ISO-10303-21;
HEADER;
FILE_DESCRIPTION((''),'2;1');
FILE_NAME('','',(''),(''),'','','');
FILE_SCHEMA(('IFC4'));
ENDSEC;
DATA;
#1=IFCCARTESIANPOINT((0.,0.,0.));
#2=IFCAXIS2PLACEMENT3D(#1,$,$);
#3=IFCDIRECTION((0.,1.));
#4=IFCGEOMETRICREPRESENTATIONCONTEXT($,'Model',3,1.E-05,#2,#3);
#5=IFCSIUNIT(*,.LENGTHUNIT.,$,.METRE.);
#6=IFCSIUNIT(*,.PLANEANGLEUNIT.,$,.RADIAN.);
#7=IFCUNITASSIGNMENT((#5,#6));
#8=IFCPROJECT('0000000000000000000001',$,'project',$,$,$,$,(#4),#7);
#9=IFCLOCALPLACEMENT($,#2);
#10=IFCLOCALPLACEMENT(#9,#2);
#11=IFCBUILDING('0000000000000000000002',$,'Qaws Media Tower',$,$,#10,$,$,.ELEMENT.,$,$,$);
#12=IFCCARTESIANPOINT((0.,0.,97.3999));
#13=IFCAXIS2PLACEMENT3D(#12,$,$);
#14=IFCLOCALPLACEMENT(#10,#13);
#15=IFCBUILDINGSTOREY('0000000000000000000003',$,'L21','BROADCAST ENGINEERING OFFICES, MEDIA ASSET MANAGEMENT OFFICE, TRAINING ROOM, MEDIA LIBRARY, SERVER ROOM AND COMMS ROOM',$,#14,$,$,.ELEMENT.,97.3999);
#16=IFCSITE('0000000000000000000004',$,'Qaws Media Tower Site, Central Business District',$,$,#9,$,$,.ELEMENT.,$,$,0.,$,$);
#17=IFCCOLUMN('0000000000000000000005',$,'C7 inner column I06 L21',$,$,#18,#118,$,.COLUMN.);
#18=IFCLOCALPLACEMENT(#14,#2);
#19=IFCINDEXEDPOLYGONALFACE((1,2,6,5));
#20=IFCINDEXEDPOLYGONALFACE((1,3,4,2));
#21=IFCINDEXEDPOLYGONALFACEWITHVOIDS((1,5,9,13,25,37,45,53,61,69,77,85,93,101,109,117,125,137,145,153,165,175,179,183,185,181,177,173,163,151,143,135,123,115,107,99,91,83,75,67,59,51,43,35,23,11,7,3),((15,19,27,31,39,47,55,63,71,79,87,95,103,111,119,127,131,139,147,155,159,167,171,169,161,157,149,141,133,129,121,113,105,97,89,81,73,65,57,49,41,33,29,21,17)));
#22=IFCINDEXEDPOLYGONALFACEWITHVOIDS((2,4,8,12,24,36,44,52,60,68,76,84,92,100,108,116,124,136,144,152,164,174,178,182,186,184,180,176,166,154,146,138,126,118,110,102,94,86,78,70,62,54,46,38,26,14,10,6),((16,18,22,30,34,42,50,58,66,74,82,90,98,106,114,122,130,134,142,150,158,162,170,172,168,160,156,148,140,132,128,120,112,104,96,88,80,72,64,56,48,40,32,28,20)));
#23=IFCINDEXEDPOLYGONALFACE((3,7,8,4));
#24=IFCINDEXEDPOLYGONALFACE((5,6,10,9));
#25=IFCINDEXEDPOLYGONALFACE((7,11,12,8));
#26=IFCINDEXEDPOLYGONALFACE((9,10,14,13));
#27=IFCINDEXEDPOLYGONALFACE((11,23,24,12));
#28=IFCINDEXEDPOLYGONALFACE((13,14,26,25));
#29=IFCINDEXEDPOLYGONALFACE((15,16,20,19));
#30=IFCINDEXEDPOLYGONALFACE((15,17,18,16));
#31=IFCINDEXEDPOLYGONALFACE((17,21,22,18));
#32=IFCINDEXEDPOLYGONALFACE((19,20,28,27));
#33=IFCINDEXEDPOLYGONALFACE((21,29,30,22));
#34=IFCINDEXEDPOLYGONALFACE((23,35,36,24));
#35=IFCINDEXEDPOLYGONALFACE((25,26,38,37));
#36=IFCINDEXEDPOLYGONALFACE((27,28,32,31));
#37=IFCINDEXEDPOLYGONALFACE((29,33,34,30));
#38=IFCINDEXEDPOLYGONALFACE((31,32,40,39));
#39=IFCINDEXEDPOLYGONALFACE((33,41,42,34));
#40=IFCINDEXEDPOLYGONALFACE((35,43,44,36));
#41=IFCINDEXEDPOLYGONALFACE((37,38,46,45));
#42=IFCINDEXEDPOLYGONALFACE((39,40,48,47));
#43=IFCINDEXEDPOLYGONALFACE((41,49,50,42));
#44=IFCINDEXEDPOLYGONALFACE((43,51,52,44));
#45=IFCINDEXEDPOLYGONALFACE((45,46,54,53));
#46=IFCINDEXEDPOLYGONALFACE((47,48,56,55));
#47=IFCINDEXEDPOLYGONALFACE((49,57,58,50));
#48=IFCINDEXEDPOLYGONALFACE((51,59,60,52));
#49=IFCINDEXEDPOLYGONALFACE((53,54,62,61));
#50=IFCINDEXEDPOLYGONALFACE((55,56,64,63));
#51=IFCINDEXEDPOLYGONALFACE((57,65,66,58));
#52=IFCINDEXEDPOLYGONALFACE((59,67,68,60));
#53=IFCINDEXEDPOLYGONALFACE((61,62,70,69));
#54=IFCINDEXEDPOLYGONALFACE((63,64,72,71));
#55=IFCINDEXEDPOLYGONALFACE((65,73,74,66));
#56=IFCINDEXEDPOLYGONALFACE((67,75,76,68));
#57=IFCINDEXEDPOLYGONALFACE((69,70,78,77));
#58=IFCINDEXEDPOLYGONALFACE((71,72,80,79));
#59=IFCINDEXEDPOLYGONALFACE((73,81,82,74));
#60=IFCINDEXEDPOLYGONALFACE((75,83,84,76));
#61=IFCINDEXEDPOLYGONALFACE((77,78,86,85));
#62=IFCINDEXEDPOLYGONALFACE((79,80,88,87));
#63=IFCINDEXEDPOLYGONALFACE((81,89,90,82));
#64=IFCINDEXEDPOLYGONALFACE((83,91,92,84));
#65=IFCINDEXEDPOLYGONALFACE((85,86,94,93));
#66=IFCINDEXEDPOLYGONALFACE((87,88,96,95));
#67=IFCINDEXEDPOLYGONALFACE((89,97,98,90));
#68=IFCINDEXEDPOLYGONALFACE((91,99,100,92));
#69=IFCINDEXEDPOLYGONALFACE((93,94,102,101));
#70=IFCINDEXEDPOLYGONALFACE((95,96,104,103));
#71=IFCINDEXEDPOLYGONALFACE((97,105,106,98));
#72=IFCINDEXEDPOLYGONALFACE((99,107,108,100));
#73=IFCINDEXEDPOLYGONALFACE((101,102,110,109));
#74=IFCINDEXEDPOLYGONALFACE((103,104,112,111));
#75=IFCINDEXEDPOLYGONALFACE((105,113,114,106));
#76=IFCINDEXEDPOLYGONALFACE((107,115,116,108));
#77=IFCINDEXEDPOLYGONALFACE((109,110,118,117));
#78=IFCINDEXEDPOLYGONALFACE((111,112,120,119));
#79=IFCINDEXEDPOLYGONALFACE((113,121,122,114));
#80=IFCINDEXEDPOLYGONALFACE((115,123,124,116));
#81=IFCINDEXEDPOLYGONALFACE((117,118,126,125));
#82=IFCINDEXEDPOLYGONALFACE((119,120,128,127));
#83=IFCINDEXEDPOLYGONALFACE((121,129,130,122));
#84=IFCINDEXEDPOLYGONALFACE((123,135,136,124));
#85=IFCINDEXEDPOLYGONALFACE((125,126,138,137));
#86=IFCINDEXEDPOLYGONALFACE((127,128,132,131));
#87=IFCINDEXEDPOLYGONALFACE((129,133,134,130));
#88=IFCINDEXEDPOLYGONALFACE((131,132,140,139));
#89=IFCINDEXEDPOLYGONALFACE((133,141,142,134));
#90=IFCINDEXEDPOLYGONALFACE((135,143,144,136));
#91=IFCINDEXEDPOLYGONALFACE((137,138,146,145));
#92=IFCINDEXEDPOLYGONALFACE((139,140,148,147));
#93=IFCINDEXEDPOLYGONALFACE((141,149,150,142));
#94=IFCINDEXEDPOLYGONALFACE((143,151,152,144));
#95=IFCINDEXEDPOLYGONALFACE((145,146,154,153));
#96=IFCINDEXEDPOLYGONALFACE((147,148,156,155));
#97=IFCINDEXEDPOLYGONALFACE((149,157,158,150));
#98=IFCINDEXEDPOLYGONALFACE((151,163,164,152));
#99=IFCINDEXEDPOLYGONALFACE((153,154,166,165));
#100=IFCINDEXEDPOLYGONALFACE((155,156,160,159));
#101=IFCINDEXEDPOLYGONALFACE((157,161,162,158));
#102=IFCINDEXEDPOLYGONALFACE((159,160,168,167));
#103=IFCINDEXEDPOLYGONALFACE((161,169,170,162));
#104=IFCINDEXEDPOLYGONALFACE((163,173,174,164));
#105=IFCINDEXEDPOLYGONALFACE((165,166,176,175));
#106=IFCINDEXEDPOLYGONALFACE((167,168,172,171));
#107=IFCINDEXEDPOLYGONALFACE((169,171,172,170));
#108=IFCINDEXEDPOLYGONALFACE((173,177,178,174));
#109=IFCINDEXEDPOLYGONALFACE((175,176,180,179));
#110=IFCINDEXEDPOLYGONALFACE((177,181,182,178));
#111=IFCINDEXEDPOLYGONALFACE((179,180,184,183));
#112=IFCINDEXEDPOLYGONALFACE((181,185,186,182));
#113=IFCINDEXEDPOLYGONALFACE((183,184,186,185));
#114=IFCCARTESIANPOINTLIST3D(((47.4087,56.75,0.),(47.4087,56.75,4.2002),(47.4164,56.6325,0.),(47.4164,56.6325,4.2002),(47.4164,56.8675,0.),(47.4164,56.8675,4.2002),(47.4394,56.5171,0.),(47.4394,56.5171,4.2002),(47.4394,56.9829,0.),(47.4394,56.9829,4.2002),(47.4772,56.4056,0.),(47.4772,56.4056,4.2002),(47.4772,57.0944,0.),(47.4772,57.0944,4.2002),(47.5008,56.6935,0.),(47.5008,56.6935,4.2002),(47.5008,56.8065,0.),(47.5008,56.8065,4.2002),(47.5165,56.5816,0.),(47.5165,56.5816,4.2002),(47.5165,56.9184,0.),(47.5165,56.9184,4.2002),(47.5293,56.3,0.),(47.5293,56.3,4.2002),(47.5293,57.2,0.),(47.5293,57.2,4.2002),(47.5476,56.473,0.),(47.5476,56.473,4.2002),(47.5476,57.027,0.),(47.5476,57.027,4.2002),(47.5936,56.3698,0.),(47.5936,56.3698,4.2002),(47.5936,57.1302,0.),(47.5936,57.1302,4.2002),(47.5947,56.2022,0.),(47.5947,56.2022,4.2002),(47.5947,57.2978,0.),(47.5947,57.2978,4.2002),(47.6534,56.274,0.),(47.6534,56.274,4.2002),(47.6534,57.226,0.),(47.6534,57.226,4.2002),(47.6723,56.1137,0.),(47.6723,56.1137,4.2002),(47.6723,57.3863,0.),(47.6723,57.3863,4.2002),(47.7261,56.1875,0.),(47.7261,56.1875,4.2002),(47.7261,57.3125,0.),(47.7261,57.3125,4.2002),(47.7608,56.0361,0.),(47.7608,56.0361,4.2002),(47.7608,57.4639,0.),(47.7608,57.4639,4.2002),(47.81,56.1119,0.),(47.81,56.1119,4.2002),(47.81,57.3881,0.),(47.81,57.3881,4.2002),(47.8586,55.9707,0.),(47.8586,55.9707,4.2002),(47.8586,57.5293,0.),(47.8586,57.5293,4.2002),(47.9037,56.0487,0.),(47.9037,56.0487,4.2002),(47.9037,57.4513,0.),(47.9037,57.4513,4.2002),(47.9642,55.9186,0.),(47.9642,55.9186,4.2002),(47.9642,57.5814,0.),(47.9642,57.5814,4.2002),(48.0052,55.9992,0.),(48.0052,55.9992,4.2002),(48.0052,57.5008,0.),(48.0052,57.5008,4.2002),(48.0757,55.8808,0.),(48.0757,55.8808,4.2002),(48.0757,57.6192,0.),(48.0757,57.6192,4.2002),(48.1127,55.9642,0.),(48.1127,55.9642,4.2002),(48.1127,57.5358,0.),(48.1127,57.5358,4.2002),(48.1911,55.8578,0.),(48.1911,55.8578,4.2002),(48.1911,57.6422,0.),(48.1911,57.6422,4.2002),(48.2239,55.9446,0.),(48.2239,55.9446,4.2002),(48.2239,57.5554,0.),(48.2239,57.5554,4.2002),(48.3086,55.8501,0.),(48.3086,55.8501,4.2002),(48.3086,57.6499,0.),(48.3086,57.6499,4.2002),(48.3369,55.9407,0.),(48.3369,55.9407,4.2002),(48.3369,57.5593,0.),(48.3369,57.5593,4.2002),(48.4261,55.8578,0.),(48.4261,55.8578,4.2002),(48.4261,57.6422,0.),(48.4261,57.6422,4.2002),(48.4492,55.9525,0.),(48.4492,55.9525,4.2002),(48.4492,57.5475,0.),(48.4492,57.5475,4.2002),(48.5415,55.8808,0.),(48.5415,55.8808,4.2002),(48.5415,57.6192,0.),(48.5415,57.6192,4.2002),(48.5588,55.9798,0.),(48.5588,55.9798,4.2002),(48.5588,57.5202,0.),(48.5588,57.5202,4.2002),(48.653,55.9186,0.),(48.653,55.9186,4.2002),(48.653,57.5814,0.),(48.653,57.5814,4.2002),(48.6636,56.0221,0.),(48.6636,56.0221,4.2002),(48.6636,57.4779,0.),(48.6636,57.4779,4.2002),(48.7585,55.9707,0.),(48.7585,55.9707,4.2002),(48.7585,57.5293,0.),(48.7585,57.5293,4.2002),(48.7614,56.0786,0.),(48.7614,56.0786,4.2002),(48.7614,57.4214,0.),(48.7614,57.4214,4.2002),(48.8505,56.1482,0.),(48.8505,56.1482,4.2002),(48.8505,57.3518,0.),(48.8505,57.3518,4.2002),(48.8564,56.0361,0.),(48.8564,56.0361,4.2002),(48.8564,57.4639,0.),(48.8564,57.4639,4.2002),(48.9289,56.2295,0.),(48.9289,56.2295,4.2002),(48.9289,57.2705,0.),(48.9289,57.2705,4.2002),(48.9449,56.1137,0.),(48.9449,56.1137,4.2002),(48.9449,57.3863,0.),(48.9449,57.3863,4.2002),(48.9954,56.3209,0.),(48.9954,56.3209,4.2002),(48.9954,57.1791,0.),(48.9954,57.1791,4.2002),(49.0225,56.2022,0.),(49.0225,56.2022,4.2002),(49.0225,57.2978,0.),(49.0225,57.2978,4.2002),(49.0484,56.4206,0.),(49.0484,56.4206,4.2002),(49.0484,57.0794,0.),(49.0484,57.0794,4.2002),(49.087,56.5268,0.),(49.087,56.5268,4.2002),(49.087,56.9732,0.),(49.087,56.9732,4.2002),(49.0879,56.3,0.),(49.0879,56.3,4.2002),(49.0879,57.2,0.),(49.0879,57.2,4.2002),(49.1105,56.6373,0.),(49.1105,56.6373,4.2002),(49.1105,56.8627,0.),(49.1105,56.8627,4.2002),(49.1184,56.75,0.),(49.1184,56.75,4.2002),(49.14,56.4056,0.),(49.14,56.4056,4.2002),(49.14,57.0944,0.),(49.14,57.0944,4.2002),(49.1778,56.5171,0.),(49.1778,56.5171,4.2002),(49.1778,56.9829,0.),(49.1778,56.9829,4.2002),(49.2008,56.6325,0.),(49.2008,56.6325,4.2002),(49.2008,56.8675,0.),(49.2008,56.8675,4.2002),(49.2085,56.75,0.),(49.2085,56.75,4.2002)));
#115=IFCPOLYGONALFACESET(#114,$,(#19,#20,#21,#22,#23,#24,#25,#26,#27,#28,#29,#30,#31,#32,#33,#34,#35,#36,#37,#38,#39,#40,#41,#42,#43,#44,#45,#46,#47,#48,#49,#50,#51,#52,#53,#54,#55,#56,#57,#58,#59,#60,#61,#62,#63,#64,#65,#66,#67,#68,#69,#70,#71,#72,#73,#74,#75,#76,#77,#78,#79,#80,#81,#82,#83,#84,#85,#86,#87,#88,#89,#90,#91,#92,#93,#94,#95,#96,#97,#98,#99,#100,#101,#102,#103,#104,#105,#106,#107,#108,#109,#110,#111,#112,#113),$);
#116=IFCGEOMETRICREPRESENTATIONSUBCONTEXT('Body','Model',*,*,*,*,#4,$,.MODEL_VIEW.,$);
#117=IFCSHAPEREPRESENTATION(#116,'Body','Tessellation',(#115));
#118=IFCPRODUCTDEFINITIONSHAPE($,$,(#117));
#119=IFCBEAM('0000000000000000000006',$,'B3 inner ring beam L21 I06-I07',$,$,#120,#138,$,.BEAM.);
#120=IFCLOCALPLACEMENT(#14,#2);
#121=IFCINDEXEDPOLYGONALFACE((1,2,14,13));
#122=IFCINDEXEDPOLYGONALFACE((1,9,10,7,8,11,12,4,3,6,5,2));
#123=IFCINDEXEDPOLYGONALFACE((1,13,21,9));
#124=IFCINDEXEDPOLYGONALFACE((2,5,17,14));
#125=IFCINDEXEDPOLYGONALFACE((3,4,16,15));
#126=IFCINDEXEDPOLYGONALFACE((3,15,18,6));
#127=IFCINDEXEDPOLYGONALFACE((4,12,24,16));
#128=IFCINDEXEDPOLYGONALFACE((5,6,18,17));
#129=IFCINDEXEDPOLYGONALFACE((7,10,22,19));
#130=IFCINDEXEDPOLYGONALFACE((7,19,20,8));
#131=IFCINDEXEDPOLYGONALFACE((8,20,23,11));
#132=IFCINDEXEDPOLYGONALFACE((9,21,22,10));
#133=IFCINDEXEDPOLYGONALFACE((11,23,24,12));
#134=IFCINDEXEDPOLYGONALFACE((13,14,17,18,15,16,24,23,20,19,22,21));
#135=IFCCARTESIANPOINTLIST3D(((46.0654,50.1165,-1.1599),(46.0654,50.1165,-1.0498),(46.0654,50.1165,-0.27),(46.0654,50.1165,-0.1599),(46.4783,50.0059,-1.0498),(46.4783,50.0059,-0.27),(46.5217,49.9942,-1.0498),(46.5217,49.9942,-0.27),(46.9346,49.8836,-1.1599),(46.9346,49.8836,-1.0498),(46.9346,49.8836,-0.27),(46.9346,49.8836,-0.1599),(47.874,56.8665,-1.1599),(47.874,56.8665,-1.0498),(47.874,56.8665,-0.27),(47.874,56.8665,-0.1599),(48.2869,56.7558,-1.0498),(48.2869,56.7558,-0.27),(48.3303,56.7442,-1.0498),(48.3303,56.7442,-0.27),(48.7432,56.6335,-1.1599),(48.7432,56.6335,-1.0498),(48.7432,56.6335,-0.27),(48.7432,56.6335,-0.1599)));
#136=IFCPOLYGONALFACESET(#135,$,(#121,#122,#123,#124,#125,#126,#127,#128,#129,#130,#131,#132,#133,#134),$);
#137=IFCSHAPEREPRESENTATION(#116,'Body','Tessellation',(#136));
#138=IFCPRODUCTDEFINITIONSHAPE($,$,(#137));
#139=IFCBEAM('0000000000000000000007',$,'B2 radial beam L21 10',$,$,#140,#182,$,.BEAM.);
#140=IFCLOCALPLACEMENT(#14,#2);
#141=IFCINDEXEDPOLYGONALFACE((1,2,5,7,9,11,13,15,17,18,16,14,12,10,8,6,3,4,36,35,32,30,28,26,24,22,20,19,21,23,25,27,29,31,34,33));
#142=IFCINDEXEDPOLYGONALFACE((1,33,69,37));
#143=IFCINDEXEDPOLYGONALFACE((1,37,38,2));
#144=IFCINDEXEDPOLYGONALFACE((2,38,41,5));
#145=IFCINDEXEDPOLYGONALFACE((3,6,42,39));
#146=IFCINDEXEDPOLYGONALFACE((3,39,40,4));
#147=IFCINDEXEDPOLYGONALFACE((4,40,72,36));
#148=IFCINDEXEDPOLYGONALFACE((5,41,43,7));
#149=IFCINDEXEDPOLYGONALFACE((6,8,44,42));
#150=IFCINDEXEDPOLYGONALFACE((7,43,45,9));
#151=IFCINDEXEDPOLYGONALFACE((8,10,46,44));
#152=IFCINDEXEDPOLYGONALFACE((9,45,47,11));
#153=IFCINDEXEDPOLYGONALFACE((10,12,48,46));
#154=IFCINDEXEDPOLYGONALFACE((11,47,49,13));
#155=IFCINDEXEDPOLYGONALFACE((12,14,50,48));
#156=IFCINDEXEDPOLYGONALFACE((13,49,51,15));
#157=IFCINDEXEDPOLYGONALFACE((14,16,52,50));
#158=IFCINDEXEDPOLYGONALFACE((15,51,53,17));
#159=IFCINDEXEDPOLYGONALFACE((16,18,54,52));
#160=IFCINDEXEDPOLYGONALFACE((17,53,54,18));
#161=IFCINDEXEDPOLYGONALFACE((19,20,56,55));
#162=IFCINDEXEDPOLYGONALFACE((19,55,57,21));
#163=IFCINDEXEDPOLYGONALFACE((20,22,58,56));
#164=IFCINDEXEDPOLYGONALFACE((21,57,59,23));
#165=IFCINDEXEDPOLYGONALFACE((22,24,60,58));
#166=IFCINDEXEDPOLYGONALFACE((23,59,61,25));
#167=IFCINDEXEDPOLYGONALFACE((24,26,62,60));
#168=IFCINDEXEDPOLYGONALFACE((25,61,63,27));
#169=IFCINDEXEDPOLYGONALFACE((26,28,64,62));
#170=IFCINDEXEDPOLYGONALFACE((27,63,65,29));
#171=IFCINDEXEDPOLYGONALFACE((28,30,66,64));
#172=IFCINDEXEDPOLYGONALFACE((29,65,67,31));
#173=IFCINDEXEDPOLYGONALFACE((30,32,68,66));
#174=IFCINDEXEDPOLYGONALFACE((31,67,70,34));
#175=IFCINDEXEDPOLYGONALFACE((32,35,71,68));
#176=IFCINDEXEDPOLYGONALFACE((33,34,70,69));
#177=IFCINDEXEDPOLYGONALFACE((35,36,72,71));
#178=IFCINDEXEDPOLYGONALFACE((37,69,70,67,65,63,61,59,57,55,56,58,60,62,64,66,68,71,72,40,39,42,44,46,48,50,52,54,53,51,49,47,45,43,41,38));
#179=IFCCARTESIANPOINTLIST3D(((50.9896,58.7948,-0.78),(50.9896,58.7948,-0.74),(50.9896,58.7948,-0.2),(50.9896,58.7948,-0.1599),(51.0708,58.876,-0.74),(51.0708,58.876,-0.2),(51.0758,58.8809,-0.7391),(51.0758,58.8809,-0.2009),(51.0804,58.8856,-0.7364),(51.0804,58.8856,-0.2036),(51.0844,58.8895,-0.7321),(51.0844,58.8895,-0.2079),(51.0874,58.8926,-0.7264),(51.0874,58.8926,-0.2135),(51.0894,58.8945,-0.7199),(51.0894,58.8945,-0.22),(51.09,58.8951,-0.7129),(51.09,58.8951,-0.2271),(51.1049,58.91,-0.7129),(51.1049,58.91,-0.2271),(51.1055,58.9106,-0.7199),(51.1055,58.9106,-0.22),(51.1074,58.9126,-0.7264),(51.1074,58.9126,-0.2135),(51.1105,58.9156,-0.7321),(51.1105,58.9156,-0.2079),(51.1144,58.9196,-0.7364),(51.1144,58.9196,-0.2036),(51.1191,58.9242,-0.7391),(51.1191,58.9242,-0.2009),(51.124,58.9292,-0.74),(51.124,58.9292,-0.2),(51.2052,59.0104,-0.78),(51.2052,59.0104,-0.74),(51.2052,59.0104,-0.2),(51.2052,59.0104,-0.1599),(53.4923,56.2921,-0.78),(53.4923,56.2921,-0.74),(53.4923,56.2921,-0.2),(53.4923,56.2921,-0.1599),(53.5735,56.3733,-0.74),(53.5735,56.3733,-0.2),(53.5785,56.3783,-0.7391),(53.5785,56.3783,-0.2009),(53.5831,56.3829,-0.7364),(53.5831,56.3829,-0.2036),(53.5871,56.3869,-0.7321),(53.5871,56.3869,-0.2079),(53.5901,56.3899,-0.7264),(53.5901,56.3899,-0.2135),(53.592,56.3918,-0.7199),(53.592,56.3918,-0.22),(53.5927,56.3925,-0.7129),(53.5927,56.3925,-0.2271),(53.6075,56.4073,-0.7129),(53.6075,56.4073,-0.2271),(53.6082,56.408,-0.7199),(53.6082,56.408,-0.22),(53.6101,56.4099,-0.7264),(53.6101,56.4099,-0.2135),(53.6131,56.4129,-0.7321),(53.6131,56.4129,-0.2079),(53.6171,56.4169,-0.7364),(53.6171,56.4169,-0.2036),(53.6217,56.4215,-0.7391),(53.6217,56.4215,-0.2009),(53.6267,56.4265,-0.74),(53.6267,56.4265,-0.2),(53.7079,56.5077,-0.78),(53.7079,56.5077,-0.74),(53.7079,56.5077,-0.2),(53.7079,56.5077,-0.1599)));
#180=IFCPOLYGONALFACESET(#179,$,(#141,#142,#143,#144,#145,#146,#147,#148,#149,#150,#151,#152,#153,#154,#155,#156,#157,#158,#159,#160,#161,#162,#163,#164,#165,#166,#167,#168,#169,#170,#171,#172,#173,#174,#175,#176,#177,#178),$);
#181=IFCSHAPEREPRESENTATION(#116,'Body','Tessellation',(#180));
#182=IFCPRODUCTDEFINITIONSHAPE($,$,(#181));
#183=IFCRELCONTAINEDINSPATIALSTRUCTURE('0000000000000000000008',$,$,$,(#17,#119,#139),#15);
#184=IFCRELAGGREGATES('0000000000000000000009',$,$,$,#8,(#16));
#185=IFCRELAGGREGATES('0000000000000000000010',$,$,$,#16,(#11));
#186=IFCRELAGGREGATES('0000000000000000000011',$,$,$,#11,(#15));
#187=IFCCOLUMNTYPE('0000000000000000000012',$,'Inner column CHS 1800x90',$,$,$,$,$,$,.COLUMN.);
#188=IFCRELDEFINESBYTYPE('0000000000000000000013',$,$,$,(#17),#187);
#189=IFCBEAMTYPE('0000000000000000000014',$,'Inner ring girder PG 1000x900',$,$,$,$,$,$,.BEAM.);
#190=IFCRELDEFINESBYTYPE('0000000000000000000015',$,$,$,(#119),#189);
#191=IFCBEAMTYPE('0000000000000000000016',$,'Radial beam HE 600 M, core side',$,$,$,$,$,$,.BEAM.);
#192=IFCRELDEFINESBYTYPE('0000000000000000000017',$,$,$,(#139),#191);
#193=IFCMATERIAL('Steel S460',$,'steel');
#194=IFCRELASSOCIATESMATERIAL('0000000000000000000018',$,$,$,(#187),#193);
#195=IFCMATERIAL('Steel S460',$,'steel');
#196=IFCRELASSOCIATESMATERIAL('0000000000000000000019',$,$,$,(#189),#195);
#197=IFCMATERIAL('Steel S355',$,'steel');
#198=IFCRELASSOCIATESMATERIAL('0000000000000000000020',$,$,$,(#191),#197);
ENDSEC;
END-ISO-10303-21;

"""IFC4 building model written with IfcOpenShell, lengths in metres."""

from ifc_helpers import new_model, si_unit, direction, frame, origin, origin_2d, place, context, subcontext, project, spatial, hollow_circle, i_section, extrude, material, material_profile, profile_set, type_object, element, save


model = new_model("IFC4")

# Units and contexts
model_context = context("Model", 3, precision=1e-05, world=origin(), true_north=direction((0.0, 1.0)))
body_context = subcontext(model_context, "Body", "Model", "MODEL_VIEW")
ifc_project = project(units=[si_unit("LENGTHUNIT", "METRE"), si_unit("PLANEANGLEUNIT", "RADIAN")], contexts=[model_context])

# Site, building, storey
site_placement = place(None, origin())
site = spatial("IfcSite", under=ifc_project, at=site_placement, Name="Qaws Media Tower Site, Central Business District", CompositionType="ELEMENT", RefElevation=0.0)
building_placement = place(site_placement, origin())
building = spatial("IfcBuilding", under=site, at=building_placement, Name="Qaws Media Tower", CompositionType="ELEMENT")
storey_placement = place(building_placement, frame((0.0, 0.0, 97.3999)))
storey = spatial("IfcBuildingStorey", under=building, at=storey_placement, Name="L21", Description="BROADCAST ENGINEERING OFFICES, MEDIA ASSET MANAGEMENT OFFICE, TRAINING ROOM, MEDIA LIBRARY, SERVER ROOM AND COMMS ROOM", CompositionType="ELEMENT", Elevation=97.3999)

# Column
ifc_material_1 = material(Name="Steel S460", Category="steel")
ifc_material_profile_1 = material_profile(ifc_material_1, hollow_circle(Radius=0.8999, WallThickness=0.0901, at=origin_2d()), Name="CHS 1800x90")
ifc_profile_set_1 = profile_set([ifc_material_profile_1], Name="Steel S460")
column_type = type_object("IfcColumnType", Name="Inner column CHS 1800x90", PredefinedType="COLUMN", material=ifc_profile_set_1)
column_placement = place(storey_placement, frame((48.3086, 56.75, 0.0), z_axis=(0.0, 0.0, 1.0), x_axis=(1.0, 0.0, 0.0)))
element("IfcColumn", 1, at=column_placement, inside=storey, type_object=column_type, Name="C7 inner column I06 L21", PredefinedType="COLUMN", context=body_context, shape_type="SweptSolid", body=[
    extrude(hollow_circle(Radius=0.8999, WallThickness=0.0901, at=origin_2d()), origin(), (0.0, 0.0, 1.0), 4.2002),
])

# Beams
ifc_material_2 = material(Name="Steel S460", Category="steel")
ifc_material_profile_2 = material_profile(ifc_material_2, i_section(OverallWidth=0.8999, OverallDepth=1.0, WebThickness=0.0449, FlangeThickness=0.1101, at=origin_2d()), Name="PG 1000x900")
ifc_profile_set_2 = profile_set([ifc_material_profile_2], Name="Steel S460")
beam_type_1 = type_object("IfcBeamType", Name="Inner ring girder PG 1000x900", PredefinedType="BEAM", material=ifc_profile_set_2)
beam_1_placement = place(storey_placement, frame((48.3086, 56.75, -0.6599), z_axis=(-0.258811, -0.965928, 0.0), x_axis=(0.965928, -0.258811, 0.0)))
element("IfcBeam", 2, at=beam_1_placement, inside=storey, type_object=beam_type_1, Name="B3 inner ring beam L21 I06-I07", PredefinedType="BEAM", context=body_context, shape_type="SweptSolid", body=[
    extrude(i_section(OverallWidth=0.8999, OverallDepth=1.0, WebThickness=0.0449, FlangeThickness=0.1101, at=origin_2d()), origin(), (0.0, 0.0, 1.0), 6.988),
])
ifc_material_3 = material(Name="Steel S355", Category="steel")
ifc_material_profile_3 = material_profile(ifc_material_3, i_section(OverallWidth=0.3049, OverallDepth=0.6201, WebThickness=0.021, FlangeThickness=0.04, FilletRadius=0.0271, at=origin_2d()), Name="HE 600 M")
ifc_profile_set_3 = profile_set([ifc_material_profile_3], Name="Steel S355")
beam_type_2 = type_object("IfcBeamType", Name="Radial beam HE 600 M, core side", PredefinedType="BEAM", material=ifc_profile_set_3)
beam_2_placement = place(storey_placement, frame((53.6001, 56.3999, -0.47), z_axis=(-0.707107, 0.707107, 0.0), x_axis=(-0.707107, -0.707107, 0.0)))
element("IfcBeam", 3, at=beam_2_placement, inside=storey, type_object=beam_type_2, Name="B2 radial beam L21 10", PredefinedType="BEAM", context=body_context, shape_type="SweptSolid", body=[
    extrude(i_section(OverallWidth=0.3049, OverallDepth=0.6201, WebThickness=0.021, FlangeThickness=0.04, FilletRadius=0.0271, at=origin_2d()), origin(), (0.0, 0.0, 1.0), 3.5393),
])

save(model, "model.ifc")
